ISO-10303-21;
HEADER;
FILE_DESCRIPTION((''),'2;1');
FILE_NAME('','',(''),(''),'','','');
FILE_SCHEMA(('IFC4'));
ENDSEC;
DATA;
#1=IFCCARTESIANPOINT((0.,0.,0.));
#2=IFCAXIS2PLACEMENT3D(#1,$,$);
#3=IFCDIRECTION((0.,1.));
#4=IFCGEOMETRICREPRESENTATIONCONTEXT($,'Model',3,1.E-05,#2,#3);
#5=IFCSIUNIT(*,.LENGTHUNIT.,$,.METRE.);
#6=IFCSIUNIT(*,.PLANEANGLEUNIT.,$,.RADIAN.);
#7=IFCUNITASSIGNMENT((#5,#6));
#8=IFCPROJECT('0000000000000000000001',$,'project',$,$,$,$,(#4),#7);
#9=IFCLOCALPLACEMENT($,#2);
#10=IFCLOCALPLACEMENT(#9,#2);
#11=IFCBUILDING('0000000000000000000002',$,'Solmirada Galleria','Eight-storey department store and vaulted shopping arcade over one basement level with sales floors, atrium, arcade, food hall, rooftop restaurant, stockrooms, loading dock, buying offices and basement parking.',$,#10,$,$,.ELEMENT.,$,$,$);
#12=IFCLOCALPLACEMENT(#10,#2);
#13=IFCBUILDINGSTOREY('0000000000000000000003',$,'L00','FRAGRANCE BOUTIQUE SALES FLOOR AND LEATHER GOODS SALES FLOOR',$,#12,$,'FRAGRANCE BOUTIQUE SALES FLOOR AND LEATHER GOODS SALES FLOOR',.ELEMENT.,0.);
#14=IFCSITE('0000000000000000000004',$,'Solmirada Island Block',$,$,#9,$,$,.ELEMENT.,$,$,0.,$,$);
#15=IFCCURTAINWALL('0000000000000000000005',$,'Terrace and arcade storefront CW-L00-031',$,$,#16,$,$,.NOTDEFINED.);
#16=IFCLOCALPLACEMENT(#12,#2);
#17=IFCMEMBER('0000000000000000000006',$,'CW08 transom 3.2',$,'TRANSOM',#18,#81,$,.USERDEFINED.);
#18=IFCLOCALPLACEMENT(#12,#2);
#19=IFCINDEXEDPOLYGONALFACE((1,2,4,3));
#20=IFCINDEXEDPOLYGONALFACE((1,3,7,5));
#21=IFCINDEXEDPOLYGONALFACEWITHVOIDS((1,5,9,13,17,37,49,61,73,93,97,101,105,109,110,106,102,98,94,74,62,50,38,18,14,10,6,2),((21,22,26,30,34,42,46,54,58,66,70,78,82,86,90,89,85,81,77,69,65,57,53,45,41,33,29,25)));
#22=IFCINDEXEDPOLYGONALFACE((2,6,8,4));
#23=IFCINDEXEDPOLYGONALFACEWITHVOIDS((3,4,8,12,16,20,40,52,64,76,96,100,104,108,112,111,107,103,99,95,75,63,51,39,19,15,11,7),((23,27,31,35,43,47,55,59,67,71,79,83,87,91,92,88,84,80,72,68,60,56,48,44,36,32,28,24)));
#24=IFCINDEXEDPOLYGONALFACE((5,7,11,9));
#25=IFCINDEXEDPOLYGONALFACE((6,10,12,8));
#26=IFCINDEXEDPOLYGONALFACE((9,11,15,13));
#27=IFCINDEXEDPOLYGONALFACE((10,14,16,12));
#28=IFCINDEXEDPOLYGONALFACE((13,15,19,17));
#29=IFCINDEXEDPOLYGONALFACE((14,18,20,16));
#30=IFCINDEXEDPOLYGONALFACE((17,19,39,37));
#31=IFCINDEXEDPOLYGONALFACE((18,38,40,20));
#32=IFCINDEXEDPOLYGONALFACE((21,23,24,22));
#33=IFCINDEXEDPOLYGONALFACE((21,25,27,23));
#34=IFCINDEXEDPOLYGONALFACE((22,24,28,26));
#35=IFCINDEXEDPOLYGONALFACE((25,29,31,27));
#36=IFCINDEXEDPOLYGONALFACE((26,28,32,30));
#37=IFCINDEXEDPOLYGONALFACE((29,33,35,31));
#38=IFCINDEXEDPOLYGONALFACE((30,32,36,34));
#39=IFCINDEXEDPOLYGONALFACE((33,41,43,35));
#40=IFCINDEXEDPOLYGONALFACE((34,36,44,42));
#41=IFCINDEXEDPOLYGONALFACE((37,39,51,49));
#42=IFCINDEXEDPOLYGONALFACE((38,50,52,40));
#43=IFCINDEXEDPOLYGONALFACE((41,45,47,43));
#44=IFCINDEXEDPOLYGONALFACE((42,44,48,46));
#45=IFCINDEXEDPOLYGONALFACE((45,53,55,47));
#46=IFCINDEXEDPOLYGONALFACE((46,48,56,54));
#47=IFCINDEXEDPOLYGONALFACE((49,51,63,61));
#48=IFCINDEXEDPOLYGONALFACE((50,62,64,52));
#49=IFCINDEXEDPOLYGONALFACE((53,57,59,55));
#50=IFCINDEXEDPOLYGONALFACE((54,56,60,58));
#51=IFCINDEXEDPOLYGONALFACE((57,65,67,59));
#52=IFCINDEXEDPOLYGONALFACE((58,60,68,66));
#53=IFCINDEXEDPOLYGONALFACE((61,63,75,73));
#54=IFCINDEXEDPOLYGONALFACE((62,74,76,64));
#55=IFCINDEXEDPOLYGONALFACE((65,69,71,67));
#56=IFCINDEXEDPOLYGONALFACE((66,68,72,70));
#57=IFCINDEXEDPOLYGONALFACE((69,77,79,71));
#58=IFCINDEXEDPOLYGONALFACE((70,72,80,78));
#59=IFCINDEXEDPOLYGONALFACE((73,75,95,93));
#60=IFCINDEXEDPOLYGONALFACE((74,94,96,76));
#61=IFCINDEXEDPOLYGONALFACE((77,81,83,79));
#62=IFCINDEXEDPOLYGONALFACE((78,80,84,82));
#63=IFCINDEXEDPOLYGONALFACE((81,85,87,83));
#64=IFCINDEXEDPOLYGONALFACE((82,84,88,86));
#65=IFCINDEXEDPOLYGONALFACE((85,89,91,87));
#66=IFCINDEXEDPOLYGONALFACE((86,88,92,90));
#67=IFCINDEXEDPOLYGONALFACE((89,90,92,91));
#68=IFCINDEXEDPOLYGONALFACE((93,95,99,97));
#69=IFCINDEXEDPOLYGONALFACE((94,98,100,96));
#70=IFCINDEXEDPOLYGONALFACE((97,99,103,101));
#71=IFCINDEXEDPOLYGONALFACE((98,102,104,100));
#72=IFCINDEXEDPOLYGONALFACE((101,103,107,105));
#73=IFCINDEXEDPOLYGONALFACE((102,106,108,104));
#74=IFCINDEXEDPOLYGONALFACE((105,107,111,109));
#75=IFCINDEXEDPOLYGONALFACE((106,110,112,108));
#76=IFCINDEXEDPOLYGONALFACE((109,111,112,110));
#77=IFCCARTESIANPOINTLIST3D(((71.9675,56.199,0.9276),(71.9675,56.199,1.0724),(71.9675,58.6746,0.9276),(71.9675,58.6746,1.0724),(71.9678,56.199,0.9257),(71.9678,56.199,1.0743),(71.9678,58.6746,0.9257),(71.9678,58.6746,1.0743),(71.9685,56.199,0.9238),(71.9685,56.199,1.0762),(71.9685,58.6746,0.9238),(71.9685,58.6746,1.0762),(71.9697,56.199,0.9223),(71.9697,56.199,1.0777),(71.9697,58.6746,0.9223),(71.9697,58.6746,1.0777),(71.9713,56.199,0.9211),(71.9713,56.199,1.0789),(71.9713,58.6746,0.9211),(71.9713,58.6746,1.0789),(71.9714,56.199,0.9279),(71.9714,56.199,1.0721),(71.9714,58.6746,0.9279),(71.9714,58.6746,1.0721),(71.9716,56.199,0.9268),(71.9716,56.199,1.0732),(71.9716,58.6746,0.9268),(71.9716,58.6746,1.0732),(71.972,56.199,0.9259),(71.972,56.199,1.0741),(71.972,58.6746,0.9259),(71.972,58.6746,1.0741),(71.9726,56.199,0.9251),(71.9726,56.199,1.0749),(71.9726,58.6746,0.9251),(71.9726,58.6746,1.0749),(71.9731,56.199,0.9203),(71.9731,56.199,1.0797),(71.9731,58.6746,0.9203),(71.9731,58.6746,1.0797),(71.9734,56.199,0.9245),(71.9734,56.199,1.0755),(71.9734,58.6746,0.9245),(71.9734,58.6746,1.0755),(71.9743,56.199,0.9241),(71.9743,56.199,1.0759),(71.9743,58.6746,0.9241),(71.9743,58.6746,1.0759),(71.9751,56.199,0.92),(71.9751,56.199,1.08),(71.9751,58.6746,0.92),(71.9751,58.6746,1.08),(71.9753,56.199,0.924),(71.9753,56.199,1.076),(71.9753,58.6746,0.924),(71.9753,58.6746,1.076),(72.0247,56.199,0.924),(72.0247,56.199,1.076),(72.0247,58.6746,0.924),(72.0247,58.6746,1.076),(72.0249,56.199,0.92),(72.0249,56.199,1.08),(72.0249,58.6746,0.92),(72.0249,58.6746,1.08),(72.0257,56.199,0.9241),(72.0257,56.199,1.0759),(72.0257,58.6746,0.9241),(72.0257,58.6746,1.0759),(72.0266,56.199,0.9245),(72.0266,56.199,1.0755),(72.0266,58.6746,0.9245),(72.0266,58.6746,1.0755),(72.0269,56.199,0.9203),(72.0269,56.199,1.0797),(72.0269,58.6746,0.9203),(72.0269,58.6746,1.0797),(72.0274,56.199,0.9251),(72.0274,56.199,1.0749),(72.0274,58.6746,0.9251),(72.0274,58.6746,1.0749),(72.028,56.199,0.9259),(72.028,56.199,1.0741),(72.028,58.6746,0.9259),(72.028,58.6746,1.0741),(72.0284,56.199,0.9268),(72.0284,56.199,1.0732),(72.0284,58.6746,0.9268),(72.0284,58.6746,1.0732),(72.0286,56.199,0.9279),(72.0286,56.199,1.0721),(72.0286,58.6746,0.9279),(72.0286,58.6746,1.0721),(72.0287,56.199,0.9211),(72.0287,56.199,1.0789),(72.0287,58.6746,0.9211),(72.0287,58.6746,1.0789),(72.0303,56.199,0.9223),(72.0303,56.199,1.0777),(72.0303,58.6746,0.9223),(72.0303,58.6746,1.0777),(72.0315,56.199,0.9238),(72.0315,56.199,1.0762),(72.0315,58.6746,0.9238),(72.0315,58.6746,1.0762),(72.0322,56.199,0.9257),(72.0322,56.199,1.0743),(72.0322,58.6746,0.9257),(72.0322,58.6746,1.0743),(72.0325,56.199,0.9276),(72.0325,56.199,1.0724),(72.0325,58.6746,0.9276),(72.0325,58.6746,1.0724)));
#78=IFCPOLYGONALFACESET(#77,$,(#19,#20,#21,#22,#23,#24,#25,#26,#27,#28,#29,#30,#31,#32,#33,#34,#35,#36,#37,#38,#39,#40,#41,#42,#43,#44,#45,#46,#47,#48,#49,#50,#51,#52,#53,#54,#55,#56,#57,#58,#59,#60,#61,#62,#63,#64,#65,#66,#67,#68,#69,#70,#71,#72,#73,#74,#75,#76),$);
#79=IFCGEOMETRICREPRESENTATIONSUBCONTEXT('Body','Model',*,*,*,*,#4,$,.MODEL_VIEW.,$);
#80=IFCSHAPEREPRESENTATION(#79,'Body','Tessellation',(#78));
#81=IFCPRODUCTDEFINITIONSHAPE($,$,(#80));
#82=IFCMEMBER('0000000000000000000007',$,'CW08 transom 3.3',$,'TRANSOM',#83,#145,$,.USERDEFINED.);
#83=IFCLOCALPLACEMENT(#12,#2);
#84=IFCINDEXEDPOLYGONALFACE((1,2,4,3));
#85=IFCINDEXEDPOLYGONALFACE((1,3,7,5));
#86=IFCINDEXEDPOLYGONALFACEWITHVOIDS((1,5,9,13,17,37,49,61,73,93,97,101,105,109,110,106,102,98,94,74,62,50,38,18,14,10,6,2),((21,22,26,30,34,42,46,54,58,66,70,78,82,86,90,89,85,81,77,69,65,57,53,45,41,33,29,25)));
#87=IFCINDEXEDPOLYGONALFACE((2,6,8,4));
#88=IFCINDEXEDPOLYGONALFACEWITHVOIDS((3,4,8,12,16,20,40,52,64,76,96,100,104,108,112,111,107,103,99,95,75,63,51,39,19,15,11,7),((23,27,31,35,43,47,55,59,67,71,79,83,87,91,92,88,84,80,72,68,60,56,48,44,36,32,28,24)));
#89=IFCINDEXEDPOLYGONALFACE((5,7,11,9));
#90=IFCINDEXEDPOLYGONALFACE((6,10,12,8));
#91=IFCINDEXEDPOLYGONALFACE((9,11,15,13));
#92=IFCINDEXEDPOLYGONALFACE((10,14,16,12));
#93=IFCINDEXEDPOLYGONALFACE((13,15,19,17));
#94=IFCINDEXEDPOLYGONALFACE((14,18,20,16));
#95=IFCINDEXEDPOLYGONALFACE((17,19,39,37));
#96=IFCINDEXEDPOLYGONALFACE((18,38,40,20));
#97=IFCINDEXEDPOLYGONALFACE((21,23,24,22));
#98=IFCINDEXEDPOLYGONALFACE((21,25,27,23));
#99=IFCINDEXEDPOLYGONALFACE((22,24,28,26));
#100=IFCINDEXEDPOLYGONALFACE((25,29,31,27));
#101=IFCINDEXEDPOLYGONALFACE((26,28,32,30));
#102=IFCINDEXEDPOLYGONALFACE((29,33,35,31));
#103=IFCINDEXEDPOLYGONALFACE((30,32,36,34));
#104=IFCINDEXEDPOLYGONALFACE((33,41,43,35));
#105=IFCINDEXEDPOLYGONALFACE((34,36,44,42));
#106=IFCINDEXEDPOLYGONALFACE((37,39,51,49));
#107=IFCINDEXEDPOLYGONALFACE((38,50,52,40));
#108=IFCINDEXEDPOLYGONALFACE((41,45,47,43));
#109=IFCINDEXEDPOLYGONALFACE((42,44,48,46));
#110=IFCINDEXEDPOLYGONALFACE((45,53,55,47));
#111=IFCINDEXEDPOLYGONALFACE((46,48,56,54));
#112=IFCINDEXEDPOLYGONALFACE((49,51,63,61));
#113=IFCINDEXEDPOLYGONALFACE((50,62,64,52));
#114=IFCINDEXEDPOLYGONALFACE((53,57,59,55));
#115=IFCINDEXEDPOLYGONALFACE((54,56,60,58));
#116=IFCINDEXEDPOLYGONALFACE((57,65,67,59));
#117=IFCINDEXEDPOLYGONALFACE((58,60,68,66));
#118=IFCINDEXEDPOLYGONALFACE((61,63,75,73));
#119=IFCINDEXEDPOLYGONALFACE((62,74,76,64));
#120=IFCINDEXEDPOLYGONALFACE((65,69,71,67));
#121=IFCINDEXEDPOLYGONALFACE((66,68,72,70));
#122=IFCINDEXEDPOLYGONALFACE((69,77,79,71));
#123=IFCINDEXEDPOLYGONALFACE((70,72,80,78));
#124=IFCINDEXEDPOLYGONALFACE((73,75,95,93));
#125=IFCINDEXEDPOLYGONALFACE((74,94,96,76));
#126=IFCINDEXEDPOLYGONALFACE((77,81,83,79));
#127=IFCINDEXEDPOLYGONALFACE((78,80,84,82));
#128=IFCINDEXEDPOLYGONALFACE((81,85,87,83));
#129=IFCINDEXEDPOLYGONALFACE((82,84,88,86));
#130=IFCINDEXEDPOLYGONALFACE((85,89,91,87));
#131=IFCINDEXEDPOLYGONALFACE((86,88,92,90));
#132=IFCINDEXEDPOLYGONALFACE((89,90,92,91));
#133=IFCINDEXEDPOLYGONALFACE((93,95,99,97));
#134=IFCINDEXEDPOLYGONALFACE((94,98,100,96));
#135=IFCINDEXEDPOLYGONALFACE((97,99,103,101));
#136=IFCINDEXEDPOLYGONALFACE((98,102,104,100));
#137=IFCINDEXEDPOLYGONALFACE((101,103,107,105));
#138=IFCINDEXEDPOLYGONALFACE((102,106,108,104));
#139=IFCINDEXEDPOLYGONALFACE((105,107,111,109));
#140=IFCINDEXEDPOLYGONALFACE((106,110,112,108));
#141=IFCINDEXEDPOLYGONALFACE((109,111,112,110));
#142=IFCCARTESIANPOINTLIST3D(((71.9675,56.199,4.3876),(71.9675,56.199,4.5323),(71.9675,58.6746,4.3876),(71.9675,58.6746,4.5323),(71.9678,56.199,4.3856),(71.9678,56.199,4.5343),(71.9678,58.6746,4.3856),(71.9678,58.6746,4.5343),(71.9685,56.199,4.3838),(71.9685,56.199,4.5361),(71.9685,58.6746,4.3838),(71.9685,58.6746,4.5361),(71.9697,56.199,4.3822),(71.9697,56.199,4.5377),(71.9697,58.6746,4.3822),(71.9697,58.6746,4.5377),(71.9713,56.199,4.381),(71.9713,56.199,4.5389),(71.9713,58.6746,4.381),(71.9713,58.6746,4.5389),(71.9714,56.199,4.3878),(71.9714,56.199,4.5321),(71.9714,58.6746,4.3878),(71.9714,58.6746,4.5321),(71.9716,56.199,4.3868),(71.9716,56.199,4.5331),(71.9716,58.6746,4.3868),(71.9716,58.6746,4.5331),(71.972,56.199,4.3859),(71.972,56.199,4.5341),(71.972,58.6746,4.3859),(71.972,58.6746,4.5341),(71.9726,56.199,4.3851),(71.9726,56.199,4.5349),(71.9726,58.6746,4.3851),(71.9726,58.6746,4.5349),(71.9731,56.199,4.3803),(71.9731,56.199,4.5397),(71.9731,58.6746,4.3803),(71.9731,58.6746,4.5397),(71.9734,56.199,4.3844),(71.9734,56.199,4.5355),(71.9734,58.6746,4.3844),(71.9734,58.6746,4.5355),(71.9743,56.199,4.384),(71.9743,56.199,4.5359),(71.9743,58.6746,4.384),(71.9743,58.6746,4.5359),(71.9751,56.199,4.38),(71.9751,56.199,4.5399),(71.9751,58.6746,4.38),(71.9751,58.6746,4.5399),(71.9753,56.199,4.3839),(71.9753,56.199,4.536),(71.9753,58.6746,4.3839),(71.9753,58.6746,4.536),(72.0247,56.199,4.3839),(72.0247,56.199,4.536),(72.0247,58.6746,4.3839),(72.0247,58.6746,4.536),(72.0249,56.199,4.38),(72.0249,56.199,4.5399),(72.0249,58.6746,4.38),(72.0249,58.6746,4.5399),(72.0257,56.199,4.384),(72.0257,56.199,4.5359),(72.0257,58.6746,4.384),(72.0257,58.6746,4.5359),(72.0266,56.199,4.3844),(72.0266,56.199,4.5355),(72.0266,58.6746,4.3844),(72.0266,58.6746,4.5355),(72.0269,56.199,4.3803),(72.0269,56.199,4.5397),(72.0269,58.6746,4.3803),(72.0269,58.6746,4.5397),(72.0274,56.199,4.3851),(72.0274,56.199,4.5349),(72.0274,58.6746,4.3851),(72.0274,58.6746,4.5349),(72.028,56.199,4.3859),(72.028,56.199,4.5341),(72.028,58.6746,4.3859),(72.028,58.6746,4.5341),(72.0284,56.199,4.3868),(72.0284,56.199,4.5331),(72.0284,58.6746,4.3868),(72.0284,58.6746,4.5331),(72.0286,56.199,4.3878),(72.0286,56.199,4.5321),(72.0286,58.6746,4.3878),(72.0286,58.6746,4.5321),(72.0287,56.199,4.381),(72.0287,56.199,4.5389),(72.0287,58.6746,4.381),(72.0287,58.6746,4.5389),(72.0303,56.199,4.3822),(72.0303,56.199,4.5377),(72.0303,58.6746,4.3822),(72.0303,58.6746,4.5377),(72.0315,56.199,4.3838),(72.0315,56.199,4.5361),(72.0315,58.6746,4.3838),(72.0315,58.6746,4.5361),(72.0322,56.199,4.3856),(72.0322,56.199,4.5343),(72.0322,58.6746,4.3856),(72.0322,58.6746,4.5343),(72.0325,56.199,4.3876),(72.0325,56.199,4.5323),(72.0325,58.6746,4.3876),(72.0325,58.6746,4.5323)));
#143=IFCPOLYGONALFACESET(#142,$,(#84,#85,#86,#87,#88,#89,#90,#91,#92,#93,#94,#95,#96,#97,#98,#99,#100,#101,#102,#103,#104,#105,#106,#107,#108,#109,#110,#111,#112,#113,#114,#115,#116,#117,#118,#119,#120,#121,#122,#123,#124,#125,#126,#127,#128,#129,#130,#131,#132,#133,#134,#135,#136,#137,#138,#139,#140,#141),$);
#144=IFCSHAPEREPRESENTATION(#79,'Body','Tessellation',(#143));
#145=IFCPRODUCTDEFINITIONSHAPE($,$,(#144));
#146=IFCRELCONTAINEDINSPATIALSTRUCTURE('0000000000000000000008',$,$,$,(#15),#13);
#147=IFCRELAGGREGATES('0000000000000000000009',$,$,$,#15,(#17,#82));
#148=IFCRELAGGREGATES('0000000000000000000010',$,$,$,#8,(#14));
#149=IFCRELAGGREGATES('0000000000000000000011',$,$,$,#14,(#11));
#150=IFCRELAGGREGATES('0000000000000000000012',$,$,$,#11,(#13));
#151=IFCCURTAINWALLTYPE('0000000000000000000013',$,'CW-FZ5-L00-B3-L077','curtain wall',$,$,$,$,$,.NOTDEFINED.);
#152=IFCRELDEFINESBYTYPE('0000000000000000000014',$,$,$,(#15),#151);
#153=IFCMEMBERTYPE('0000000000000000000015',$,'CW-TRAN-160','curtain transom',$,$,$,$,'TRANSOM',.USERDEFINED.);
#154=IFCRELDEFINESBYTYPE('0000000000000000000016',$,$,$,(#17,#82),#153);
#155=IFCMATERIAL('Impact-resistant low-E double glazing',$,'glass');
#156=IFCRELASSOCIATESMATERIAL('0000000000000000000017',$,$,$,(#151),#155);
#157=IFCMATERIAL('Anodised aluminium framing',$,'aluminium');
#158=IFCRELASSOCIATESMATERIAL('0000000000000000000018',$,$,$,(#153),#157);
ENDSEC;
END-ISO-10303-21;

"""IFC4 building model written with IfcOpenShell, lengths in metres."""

from ifc_helpers import new_model, si_unit, direction, frame, origin, origin_2d, place, context, subcontext, project, spatial, hollow_rectangle, extrude, material, material_profile, profile_set, type_object, element, aggregate, save


model = new_model("IFC4")

# Units and contexts
model_context = context("Model", 3, precision=1e-05, world=origin(), true_north=direction((0.0, 1.0)))
body_context = subcontext(model_context, "Body", "Model", "MODEL_VIEW")
ifc_project = project(units=[si_unit("LENGTHUNIT", "METRE"), si_unit("PLANEANGLEUNIT", "RADIAN")], contexts=[model_context])

# Site, building, storey
site_placement = place(None, origin())
site = spatial("IfcSite", under=ifc_project, at=site_placement, Name="Solmirada Island Block", CompositionType="ELEMENT", RefElevation=0.0)
building_placement = place(site_placement, origin())
building = spatial("IfcBuilding", under=site, at=building_placement, Name="Solmirada Galleria", Description="Eight-storey department store and vaulted shopping arcade over one basement level with sales floors, atrium, arcade, food hall, rooftop restaurant, stockrooms, loading dock, buying offices and basement parking.", CompositionType="ELEMENT")
storey_placement = place(building_placement, origin())
storey = spatial("IfcBuildingStorey", under=building, at=storey_placement, Name="L00", Description="FRAGRANCE BOUTIQUE SALES FLOOR AND LEATHER GOODS SALES FLOOR", LongName="FRAGRANCE BOUTIQUE SALES FLOOR AND LEATHER GOODS SALES FLOOR", CompositionType="ELEMENT", Elevation=0.0)

# Curtain wall
ifc_material_1 = material(Name="Impact-resistant low-E double glazing", Category="glass")
curtain_wall_type = type_object("IfcCurtainWallType", Name="CW-FZ5-L00-B3-L077", Description="curtain wall", PredefinedType="NOTDEFINED", material=ifc_material_1)
curtain_wall_1_placement = place(storey_placement, origin())
curtain_wall_1 = element("IfcCurtainWall", 1, at=curtain_wall_1_placement, inside=storey, type_object=curtain_wall_type, Name="Terrace and arcade storefront CW-L00-031", PredefinedType="NOTDEFINED")
ifc_material_2 = material(Name="Anodised aluminium framing", Category="aluminium")

# Members
ifc_material_profile_1 = material_profile(ifc_material_2, hollow_rectangle(XDim=0.0649, YDim=0.1599, WallThickness=0.0039, InnerFilletRadius=0.0039, OuterFilletRadius=0.0076, at=origin_2d()), Name="ALU-TRAN-160X65")
ifc_profile_set_1 = profile_set([ifc_material_profile_1], Name="Anodised aluminium framing")
member_type_1 = type_object("IfcMemberType", Name="CW-TRAN-160", Description="curtain transom", ElementType="TRANSOM", PredefinedType="USERDEFINED", material=ifc_profile_set_1)
member_1_placement = place(storey_placement, frame((72.0, 58.6746, 1.0), z_axis=(0.0, -1.0, 0.0), x_axis=(1.0, 0.0, 0.0)))
member_1 = element("IfcMember", 2, at=member_1_placement, type_object=member_type_1, Name="CW08 transom 3.2", ObjectType="TRANSOM", PredefinedType="USERDEFINED", context=body_context, shape_type="SweptSolid", body=[
    extrude(hollow_rectangle(XDim=0.0649, YDim=0.1599, WallThickness=0.0039, InnerFilletRadius=0.0039, OuterFilletRadius=0.0076, at=origin_2d()), origin(), (0.0, 0.0, 1.0), 2.4756),
])
member_2_placement = place(storey_placement, frame((72.0, 58.6746, 4.46), z_axis=(0.0, -1.0, 0.0), x_axis=(1.0, 0.0, 0.0)))
member_2 = element("IfcMember", 3, at=member_2_placement, type_object=member_type_1, Name="CW08 transom 3.3", ObjectType="TRANSOM", PredefinedType="USERDEFINED", context=body_context, shape_type="SweptSolid", body=[
    extrude(hollow_rectangle(XDim=0.0649, YDim=0.1599, WallThickness=0.0039, InnerFilletRadius=0.0039, OuterFilletRadius=0.0076, at=origin_2d()), origin(), (0.0, 0.0, 1.0), 2.4756),
])

aggregate(curtain_wall_1, [member_1, member_2])

save(model, "model.ifc")
